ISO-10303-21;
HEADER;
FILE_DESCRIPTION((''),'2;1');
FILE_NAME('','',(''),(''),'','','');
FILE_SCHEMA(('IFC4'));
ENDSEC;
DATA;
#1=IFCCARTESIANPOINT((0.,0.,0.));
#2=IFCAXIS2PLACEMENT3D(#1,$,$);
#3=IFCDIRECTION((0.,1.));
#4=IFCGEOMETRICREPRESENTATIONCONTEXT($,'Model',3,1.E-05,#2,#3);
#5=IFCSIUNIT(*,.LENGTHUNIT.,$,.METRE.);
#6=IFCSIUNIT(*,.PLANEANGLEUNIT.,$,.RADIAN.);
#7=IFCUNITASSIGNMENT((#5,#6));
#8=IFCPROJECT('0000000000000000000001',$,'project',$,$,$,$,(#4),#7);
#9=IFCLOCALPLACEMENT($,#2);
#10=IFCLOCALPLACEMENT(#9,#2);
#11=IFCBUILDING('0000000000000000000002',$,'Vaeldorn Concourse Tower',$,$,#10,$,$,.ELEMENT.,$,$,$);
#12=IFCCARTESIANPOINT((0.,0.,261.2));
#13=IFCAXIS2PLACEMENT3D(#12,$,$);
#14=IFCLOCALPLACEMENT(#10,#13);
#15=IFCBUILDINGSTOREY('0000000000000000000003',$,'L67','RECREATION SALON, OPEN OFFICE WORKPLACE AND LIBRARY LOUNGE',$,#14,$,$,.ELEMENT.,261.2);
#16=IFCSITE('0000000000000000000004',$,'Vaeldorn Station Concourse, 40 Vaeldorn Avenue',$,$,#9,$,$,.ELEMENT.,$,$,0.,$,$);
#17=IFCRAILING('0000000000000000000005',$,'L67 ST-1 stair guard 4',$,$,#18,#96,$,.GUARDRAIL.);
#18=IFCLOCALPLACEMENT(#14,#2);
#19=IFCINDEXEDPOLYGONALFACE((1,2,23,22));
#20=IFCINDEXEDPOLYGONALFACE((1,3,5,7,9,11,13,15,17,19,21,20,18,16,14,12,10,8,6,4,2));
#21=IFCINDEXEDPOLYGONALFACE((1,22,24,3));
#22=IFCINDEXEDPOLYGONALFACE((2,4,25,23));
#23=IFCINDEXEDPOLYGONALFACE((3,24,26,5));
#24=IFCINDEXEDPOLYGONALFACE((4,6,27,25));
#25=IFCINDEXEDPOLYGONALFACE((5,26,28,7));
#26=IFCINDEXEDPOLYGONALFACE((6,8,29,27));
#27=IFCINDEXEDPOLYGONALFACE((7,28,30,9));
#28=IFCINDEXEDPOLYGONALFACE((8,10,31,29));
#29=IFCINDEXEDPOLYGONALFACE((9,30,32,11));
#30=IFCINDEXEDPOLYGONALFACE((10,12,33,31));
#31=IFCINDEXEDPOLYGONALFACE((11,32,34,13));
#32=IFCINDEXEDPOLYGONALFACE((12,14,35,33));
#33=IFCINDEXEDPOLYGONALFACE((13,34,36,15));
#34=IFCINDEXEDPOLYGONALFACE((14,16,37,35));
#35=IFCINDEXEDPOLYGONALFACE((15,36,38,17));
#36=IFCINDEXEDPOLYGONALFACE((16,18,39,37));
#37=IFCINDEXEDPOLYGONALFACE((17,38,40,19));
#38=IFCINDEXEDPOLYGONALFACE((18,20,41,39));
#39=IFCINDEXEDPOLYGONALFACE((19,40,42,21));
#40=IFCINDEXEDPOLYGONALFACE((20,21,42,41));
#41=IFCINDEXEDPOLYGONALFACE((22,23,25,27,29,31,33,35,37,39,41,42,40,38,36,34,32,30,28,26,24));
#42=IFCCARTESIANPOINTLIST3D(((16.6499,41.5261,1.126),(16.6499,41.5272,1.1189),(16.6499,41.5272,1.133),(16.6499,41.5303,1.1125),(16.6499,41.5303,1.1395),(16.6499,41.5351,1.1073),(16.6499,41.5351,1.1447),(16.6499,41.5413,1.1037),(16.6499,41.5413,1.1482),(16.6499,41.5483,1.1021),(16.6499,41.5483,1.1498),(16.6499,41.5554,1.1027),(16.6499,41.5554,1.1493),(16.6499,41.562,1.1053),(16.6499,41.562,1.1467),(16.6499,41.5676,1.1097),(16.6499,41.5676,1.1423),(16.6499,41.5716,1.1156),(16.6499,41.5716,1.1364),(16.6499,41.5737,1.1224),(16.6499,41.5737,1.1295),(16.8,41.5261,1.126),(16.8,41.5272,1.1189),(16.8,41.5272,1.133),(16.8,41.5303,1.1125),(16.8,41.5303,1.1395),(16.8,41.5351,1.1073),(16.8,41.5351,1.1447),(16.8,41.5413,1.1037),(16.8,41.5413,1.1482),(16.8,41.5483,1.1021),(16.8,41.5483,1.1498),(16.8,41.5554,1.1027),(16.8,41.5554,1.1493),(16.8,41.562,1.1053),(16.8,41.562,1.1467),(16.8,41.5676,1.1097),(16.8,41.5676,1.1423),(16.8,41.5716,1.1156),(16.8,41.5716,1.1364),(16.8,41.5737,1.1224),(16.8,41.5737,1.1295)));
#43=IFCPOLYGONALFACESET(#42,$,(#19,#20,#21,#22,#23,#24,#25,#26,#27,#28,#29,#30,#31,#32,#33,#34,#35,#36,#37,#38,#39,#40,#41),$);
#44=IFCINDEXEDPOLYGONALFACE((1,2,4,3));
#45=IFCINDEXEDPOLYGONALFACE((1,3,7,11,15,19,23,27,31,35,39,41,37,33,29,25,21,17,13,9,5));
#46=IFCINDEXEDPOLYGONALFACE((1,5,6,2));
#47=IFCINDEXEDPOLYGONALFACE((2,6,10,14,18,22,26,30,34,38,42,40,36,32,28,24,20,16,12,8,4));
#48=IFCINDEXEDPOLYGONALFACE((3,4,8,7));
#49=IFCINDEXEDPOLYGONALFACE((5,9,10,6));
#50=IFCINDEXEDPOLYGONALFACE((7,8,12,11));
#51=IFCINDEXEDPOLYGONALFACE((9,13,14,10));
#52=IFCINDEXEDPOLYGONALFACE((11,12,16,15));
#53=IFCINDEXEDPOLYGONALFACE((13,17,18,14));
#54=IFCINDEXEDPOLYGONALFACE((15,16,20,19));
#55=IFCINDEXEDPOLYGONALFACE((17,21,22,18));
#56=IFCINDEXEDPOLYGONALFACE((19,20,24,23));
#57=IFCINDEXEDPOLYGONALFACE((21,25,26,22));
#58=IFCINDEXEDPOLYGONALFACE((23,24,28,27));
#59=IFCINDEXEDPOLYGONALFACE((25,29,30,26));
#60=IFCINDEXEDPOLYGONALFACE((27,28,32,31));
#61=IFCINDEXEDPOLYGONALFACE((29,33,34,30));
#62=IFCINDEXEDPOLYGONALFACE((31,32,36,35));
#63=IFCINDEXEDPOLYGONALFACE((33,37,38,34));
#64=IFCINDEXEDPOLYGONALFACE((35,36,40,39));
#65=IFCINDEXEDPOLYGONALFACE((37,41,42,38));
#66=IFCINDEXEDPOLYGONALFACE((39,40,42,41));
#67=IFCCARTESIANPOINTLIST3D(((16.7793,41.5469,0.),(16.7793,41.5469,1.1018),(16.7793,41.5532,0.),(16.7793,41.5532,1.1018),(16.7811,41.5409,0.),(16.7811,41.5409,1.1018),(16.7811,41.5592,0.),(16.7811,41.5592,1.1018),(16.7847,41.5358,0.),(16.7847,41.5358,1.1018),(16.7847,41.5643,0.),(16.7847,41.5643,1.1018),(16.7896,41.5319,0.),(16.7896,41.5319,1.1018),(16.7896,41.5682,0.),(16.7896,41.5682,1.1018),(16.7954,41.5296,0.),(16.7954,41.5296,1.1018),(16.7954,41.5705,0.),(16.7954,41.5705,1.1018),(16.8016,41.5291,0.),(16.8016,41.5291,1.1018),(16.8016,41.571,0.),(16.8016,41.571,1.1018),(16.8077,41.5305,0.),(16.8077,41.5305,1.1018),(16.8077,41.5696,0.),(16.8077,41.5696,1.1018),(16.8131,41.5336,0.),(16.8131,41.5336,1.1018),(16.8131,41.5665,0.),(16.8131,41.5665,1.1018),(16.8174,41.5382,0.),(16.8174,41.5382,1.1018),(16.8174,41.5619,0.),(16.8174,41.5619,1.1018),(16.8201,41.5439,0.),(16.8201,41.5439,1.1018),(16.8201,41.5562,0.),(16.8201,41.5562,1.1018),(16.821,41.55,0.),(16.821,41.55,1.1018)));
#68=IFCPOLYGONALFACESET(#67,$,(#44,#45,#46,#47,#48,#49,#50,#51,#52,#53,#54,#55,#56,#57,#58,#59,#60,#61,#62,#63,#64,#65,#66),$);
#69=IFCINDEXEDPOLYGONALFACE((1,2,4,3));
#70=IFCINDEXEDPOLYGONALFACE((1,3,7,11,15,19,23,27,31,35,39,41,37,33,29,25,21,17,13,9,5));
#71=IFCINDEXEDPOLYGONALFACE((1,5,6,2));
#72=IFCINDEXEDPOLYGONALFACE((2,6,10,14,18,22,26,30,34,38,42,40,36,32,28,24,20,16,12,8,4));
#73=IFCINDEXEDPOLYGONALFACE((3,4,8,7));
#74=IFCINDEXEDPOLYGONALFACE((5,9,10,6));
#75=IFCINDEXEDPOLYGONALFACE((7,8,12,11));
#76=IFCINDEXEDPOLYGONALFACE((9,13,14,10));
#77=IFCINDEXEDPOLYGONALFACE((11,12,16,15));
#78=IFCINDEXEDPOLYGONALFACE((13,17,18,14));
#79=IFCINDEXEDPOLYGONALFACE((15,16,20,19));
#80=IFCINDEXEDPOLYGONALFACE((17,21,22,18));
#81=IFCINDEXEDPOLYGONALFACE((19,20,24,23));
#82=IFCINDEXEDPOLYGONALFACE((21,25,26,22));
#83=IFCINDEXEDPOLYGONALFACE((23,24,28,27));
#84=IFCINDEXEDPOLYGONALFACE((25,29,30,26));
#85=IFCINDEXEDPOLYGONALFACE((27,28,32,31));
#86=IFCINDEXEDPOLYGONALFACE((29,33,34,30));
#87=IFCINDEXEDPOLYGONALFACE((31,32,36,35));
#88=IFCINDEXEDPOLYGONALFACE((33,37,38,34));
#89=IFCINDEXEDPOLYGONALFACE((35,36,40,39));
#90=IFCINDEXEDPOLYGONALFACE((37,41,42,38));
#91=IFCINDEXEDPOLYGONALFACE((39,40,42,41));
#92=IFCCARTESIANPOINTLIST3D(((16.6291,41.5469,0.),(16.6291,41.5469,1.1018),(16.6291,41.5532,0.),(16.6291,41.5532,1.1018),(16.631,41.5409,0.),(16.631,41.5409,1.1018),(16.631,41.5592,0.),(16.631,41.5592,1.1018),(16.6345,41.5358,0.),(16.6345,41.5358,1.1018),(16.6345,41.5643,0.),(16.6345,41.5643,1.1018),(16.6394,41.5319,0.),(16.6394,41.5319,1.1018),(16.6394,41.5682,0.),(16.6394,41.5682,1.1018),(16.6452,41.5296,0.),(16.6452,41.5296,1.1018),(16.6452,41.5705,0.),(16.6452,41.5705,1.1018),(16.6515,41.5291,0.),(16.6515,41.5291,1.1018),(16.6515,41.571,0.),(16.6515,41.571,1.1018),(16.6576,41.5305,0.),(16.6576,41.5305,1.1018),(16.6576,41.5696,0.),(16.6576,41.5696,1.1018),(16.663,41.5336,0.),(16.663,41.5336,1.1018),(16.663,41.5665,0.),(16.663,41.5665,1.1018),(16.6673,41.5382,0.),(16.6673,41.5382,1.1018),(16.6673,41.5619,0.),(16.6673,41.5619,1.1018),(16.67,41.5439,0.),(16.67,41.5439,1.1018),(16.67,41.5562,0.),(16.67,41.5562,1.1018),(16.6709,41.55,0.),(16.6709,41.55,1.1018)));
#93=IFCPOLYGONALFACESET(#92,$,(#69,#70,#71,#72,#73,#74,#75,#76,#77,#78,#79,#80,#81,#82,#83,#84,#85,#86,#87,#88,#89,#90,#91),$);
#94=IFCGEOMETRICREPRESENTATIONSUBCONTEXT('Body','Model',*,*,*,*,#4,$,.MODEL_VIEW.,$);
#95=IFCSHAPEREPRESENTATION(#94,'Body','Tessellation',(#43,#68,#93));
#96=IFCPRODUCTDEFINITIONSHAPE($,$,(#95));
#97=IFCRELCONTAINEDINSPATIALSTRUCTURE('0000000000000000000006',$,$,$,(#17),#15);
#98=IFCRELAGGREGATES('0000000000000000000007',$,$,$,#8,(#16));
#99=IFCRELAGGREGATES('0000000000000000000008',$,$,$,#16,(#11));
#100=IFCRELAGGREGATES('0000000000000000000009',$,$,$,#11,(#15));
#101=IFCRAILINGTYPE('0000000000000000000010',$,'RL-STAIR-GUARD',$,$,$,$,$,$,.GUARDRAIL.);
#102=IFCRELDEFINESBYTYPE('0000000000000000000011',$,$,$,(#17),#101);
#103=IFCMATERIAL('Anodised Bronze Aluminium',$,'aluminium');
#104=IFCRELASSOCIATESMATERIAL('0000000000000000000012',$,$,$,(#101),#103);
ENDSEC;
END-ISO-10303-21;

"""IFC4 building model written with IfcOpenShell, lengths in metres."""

from ifc_helpers import new_model, si_unit, direction, frame, origin, origin_2d, place, context, subcontext, project, spatial, circle, extrude, material, type_object, element, save


model = new_model("IFC4")

# Units and contexts
model_context = context("Model", 3, precision=1e-05, world=origin(), true_north=direction((0.0, 1.0)))
body_context = subcontext(model_context, "Body", "Model", "MODEL_VIEW")
ifc_project = project(units=[si_unit("LENGTHUNIT", "METRE"), si_unit("PLANEANGLEUNIT", "RADIAN")], contexts=[model_context])

# Site, building, storey
site_placement = place(None, origin())
site = spatial("IfcSite", under=ifc_project, at=site_placement, Name="Vaeldorn Station Concourse, 40 Vaeldorn Avenue", CompositionType="ELEMENT", RefElevation=0.0)
building_placement = place(site_placement, origin())
building = spatial("IfcBuilding", under=site, at=building_placement, Name="Vaeldorn Concourse Tower", CompositionType="ELEMENT")
storey_placement = place(building_placement, frame((0.0, 0.0, 261.2)))
storey = spatial("IfcBuildingStorey", under=building, at=storey_placement, Name="L67", Description="RECREATION SALON, OPEN OFFICE WORKPLACE AND LIBRARY LOUNGE", CompositionType="ELEMENT", Elevation=261.2)

# Shared definitions
ifc_material_1 = material(Name="Anodised Bronze Aluminium", Category="aluminium")

# Railing
railing_type_1 = type_object("IfcRailingType", Name="RL-STAIR-GUARD", PredefinedType="GUARDRAIL", material=ifc_material_1)
railing_1_placement = place(storey_placement, frame((16.8, 41.55, 0.0)))
element("IfcRailing", 1, at=railing_1_placement, inside=storey, type_object=railing_type_1, Name="L67 ST-1 stair guard 4", PredefinedType="GUARDRAIL", context=body_context, shape_type="SweptSolid", body=[
    extrude(circle(Radius=0.0239, at=origin_2d()), frame((0.0, 0.0, 1.126), z_axis=(-1.0, 0.0, 0.0), x_axis=(0.0, -1.0, 0.0)), (0.0, 0.0, 1.0), 0.1501),
    extrude(circle(Radius=0.021, at=origin_2d()), origin(), (0.0, 0.0, 1.0), 1.1018),
    extrude(circle(Radius=0.021, at=origin_2d()), frame((-0.1501, 0.0, 0.0)), (0.0, 0.0, 1.0), 1.1018),
])

save(model, "model.ifc")
